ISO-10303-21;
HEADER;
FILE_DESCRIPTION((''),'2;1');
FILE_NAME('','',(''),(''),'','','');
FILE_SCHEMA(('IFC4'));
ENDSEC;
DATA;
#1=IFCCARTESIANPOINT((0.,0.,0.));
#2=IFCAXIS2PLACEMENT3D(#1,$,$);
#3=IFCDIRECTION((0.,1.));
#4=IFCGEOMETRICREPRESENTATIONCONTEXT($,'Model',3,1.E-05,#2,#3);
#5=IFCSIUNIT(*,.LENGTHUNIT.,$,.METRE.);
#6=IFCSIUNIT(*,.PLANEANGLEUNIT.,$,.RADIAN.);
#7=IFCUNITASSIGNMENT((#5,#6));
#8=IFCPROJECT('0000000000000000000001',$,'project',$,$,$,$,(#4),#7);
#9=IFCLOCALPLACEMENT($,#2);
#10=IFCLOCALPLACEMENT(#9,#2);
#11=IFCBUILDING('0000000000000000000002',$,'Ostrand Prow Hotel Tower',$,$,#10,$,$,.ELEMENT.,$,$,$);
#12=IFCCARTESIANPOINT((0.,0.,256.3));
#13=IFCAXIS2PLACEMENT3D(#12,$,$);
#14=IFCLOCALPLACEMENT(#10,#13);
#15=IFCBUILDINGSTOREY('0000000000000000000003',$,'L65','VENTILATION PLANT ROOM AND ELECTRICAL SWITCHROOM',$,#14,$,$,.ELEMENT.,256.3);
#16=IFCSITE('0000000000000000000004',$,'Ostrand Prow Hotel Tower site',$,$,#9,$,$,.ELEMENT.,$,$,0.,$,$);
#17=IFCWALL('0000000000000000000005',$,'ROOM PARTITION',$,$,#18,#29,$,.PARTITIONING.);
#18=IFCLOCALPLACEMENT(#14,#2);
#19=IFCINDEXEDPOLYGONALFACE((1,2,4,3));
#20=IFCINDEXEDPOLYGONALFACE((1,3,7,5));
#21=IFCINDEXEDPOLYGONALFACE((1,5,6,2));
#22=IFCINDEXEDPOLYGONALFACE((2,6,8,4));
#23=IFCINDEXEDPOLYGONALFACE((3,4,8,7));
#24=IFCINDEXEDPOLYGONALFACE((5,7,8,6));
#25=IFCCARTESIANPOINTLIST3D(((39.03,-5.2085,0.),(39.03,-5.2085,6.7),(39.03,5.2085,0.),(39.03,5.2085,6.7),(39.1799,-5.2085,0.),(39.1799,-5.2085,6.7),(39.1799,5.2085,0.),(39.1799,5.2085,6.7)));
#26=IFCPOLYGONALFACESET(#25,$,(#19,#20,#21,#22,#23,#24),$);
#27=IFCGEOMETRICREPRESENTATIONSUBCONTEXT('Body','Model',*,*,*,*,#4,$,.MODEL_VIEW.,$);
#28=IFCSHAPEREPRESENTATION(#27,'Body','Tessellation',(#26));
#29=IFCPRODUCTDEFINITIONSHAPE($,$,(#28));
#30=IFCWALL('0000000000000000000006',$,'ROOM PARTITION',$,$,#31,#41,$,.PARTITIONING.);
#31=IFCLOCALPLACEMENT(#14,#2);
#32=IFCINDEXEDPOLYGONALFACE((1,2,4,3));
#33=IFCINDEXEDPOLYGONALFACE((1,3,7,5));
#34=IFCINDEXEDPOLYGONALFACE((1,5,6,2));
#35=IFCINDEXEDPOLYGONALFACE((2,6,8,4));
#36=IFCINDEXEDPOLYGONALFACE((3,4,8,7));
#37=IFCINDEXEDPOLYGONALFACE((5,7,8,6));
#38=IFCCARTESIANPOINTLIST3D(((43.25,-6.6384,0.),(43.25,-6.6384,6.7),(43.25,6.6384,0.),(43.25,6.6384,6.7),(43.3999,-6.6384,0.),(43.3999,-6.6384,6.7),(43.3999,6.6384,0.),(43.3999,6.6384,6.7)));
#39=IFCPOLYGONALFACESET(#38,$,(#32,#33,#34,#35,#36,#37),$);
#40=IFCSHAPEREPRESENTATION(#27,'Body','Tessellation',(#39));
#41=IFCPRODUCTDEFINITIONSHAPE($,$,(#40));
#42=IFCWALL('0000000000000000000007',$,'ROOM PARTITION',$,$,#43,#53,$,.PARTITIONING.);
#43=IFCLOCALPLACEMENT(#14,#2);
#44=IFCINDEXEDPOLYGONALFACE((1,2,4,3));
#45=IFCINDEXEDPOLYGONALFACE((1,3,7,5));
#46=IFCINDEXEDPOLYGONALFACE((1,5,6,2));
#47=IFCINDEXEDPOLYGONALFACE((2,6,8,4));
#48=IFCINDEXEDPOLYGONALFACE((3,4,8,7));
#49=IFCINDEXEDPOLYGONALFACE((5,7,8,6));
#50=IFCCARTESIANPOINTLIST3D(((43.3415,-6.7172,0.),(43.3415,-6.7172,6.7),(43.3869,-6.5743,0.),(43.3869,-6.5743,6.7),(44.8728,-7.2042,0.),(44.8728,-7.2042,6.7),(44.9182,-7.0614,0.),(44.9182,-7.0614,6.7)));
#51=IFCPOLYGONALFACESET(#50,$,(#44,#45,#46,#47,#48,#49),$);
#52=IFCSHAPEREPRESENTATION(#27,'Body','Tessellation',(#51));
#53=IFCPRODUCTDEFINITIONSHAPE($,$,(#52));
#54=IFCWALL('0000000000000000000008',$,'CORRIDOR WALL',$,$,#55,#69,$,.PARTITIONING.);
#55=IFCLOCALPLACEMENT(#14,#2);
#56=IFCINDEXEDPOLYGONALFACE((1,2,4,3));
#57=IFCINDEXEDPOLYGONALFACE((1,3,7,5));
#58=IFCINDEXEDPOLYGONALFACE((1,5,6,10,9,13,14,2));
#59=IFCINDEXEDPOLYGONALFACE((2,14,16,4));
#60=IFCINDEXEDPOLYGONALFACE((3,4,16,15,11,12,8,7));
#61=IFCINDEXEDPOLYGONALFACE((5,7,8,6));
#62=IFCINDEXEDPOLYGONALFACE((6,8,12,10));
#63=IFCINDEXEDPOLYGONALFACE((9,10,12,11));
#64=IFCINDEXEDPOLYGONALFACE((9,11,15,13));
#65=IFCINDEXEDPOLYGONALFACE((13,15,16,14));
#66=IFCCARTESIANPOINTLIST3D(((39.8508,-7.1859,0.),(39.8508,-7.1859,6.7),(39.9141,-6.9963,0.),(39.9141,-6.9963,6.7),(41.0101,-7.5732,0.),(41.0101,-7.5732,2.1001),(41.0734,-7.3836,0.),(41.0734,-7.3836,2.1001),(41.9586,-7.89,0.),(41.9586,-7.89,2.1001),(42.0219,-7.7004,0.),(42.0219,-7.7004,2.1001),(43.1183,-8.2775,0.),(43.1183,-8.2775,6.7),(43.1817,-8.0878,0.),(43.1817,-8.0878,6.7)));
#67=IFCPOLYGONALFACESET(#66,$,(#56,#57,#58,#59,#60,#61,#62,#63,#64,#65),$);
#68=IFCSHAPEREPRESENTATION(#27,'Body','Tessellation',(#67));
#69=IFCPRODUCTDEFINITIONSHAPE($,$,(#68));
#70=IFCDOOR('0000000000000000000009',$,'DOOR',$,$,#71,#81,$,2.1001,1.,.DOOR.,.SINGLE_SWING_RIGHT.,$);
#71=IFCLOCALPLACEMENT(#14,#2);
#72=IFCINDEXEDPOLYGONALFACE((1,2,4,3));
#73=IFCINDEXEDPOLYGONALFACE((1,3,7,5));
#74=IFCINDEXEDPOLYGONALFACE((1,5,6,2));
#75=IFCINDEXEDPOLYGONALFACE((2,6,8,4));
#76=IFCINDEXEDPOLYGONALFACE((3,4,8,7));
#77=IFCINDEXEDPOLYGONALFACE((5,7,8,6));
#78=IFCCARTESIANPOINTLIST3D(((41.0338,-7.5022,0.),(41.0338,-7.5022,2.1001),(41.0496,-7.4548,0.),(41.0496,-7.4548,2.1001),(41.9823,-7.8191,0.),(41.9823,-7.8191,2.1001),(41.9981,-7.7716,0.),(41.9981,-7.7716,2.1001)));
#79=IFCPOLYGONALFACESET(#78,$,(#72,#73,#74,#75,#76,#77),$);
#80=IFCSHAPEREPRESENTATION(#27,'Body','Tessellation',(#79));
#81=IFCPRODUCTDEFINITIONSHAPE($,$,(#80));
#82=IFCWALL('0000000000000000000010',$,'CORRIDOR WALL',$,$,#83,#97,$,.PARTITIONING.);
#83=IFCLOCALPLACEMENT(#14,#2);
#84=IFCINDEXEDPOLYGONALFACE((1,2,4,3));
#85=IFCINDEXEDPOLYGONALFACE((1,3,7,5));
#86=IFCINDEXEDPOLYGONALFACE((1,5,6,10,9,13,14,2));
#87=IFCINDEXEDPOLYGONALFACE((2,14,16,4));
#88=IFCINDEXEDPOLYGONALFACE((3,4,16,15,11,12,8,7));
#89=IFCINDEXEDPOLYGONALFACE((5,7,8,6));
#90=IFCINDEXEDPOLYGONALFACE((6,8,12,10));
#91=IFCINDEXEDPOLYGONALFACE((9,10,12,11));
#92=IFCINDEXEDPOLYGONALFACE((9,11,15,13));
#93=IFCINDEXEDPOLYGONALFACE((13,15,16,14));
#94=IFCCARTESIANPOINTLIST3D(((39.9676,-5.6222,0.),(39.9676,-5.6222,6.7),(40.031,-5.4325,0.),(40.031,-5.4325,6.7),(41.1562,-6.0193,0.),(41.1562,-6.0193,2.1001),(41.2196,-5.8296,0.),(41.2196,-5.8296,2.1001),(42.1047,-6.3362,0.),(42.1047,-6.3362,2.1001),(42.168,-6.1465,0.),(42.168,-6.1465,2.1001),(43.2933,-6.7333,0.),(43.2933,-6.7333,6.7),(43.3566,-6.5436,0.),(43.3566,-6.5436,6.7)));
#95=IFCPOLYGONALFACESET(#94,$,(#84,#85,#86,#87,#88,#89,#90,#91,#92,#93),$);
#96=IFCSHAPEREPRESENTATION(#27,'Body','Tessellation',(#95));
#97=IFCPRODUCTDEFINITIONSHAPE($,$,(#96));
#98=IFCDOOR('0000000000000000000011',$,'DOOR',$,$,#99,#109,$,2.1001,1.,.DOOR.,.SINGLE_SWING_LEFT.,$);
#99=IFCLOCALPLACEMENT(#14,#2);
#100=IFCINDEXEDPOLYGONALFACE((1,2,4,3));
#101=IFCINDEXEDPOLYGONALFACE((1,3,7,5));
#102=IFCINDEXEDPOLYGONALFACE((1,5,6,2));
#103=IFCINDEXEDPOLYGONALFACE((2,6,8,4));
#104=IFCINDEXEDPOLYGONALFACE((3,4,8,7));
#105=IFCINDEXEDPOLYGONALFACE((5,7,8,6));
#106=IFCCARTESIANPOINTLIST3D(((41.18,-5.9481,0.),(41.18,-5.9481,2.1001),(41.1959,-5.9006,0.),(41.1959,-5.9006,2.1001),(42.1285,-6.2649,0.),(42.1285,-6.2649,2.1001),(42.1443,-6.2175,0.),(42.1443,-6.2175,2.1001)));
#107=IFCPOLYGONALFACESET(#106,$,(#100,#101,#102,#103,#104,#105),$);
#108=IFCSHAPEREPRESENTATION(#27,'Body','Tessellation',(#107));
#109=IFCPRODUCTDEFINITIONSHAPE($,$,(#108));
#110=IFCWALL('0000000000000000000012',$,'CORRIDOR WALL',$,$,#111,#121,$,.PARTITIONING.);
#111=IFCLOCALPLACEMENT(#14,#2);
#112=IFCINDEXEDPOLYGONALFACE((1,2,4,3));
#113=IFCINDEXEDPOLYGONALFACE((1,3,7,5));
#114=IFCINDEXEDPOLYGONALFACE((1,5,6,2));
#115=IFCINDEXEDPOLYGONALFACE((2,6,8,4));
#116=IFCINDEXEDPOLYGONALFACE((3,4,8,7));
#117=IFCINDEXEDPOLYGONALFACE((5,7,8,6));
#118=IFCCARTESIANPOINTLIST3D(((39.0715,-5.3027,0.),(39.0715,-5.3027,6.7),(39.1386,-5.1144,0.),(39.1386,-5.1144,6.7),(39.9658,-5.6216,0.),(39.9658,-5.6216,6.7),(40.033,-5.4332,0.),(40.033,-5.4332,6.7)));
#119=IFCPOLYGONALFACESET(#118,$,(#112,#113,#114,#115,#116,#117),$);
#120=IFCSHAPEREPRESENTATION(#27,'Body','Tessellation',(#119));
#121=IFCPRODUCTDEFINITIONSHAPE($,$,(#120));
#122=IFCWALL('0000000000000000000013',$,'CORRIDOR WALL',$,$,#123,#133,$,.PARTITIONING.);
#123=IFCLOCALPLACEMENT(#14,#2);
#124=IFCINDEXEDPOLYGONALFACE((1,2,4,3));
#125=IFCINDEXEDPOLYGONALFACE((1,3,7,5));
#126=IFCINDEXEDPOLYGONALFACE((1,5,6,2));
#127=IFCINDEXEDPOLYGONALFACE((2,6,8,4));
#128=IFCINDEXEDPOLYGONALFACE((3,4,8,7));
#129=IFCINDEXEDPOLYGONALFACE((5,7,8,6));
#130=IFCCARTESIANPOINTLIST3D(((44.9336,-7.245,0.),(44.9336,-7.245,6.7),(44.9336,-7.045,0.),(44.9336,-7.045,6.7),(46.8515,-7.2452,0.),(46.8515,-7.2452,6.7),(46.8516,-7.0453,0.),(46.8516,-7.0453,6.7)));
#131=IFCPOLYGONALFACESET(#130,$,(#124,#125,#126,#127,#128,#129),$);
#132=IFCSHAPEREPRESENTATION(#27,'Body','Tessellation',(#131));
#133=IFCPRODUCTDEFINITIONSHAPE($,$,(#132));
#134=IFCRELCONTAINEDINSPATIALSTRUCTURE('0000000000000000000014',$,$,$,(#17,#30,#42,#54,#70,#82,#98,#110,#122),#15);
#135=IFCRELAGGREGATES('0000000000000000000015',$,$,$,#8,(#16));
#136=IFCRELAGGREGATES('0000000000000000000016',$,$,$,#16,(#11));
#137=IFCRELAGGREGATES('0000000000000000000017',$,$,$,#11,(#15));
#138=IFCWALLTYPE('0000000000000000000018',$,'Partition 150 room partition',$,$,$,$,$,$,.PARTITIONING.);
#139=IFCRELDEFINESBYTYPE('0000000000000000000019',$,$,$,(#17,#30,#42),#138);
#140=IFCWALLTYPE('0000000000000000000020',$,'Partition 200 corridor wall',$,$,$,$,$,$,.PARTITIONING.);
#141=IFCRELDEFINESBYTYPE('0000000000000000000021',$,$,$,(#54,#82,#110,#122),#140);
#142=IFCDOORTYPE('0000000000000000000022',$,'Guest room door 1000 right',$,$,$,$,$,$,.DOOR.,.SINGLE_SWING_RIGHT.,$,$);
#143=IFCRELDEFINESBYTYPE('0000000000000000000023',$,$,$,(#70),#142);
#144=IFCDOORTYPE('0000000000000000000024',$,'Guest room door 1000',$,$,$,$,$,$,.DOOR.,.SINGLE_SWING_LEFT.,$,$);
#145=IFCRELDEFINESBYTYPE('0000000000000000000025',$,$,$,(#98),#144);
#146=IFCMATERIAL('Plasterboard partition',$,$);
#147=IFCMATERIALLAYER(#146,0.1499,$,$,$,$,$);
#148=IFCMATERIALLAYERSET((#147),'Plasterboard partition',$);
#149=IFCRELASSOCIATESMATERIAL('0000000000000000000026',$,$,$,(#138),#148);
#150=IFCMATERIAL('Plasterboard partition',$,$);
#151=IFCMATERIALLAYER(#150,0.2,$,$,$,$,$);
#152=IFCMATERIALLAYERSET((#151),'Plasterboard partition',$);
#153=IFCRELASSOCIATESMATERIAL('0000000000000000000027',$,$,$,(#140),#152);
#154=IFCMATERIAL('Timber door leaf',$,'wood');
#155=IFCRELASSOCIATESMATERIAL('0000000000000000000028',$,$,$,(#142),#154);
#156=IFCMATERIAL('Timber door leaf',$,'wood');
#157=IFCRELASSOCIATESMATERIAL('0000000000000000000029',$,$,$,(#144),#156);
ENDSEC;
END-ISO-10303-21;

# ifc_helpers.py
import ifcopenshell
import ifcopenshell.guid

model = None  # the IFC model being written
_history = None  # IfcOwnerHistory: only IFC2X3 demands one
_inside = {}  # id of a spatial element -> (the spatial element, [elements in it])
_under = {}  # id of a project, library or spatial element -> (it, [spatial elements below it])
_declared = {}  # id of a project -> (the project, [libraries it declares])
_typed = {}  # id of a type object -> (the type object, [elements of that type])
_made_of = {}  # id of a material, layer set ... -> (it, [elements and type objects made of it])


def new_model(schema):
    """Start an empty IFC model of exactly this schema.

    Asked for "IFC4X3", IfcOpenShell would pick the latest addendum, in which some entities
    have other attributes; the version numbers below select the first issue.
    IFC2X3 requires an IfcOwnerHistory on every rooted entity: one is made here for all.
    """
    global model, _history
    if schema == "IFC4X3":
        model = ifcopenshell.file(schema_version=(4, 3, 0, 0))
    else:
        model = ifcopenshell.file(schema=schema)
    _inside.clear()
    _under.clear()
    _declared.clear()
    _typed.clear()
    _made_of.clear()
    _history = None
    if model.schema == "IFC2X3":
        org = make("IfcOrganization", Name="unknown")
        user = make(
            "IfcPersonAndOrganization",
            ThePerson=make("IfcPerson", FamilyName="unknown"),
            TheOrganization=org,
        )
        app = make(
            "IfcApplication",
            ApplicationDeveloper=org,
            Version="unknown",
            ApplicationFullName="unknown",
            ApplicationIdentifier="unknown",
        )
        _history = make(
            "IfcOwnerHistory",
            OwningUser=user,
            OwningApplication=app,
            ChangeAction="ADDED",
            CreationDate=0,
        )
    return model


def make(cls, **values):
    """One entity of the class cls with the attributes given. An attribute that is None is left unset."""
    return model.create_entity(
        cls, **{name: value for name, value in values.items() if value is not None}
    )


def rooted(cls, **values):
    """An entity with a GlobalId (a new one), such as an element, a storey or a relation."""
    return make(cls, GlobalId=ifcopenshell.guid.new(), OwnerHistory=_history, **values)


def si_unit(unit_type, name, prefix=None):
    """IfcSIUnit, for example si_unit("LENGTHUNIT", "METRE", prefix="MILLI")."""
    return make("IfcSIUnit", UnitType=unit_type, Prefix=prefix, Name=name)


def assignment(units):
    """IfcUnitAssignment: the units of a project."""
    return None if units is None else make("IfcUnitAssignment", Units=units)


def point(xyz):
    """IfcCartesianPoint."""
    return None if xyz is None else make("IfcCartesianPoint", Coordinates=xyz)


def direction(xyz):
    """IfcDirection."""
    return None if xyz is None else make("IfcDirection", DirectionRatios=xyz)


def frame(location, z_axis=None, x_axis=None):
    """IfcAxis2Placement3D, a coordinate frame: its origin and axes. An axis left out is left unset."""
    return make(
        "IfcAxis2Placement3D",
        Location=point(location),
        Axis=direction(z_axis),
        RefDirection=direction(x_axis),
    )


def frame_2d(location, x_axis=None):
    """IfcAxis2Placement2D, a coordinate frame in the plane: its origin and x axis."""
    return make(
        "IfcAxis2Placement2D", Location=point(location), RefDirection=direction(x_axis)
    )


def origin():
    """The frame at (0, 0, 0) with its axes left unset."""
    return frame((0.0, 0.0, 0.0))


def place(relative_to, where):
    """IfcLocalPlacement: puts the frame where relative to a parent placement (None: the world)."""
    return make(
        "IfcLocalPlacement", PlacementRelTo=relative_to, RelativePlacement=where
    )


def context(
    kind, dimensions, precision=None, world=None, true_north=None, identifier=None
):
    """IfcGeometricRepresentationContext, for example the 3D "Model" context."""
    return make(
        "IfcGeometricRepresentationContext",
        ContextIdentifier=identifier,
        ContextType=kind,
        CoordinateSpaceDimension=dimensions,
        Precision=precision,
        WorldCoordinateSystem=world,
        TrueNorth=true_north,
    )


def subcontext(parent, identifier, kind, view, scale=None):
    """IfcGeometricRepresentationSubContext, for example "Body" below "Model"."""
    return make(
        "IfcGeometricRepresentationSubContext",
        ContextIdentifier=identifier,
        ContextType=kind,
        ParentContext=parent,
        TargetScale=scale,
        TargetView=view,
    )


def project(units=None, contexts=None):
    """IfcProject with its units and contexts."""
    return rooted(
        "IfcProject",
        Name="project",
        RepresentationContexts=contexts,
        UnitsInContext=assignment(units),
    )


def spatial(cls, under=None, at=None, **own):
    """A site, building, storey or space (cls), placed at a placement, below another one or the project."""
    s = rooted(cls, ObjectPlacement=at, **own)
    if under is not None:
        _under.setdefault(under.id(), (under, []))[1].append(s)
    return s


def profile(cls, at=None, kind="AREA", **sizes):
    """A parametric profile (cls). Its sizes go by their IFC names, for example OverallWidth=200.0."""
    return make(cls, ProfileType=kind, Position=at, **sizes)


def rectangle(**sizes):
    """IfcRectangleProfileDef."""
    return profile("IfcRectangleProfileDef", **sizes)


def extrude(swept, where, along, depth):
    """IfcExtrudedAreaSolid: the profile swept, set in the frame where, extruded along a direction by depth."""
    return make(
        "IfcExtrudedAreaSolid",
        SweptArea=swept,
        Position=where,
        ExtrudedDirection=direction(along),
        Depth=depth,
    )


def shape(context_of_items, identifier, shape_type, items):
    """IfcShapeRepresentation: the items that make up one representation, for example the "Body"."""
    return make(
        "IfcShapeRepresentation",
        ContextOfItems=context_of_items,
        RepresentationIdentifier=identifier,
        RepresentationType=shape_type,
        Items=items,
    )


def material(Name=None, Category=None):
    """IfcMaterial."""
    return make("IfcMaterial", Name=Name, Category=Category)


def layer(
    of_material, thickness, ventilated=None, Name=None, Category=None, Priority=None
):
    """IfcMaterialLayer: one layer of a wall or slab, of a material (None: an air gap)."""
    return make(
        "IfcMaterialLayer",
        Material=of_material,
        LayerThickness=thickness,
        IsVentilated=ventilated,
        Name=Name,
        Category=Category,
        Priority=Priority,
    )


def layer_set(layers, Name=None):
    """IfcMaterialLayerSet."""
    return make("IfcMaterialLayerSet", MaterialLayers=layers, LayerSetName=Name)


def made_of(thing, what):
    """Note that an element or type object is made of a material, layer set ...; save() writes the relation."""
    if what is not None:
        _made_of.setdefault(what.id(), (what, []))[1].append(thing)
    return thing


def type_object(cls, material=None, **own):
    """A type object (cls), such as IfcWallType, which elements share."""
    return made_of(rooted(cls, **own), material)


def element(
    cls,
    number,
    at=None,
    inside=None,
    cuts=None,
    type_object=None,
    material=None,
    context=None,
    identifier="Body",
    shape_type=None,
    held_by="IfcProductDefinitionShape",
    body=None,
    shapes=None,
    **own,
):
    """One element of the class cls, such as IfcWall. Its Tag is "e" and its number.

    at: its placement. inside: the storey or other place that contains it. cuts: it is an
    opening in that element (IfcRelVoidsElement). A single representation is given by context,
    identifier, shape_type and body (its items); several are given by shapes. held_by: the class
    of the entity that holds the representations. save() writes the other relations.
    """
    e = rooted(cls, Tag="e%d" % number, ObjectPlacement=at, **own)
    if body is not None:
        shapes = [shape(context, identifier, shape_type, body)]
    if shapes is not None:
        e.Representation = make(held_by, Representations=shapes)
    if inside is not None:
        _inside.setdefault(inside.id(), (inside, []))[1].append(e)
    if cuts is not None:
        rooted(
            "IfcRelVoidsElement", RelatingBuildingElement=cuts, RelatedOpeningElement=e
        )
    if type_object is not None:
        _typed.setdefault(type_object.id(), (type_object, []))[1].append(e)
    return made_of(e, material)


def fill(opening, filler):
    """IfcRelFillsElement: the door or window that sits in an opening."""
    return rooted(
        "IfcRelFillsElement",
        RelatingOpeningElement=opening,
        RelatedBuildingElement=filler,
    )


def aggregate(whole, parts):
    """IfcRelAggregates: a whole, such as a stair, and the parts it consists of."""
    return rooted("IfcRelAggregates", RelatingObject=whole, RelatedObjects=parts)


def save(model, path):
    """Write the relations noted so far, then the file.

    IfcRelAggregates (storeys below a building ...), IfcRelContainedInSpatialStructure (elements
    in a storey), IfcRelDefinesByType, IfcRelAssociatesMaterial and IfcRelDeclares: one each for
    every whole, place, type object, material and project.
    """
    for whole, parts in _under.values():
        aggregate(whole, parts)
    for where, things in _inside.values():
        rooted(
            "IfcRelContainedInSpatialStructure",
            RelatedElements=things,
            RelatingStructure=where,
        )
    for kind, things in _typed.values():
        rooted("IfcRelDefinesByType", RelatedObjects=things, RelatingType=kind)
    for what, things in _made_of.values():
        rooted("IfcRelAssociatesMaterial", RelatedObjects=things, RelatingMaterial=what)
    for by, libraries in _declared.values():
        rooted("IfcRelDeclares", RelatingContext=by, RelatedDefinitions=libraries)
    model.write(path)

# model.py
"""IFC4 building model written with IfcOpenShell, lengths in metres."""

from ifc_helpers import new_model, si_unit, direction, frame, frame_2d, origin, place, context, subcontext, project, spatial, rectangle, extrude, material, layer, layer_set, type_object, element, fill, save


model = new_model("IFC4")

# Units and contexts
model_context = context("Model", 3, precision=1e-05, world=origin(), true_north=direction((0.0, 1.0)))
body_context = subcontext(model_context, "Body", "Model", "MODEL_VIEW")
ifc_project = project(units=[si_unit("LENGTHUNIT", "METRE"), si_unit("PLANEANGLEUNIT", "RADIAN")], contexts=[model_context])

# Site, building, storey
site_placement = place(None, origin())
site = spatial("IfcSite", under=ifc_project, at=site_placement, Name="Ostrand Prow Hotel Tower site", CompositionType="ELEMENT", RefElevation=0.0)
building_placement = place(site_placement, origin())
building = spatial("IfcBuilding", under=site, at=building_placement, Name="Ostrand Prow Hotel Tower", CompositionType="ELEMENT")
storey_placement = place(building_placement, frame((0.0, 0.0, 256.3)))
storey = spatial("IfcBuildingStorey", under=building, at=storey_placement, Name="L65", Description="VENTILATION PLANT ROOM AND ELECTRICAL SWITCHROOM", CompositionType="ELEMENT", Elevation=256.3)

# Walls
ifc_material_1 = material(Name="Plasterboard partition")
ifc_layer_1 = layer(ifc_material_1, 0.1499)
ifc_layer_set_1 = layer_set([ifc_layer_1], Name="Plasterboard partition")
wall_type_1 = type_object("IfcWallType", Name="Partition 150 room partition", PredefinedType="PARTITIONING", material=ifc_layer_set_1)
wall_1_placement = place(storey_placement, frame((39.105, -5.2085, 0.0), z_axis=(0.0, 0.0, 1.0), x_axis=(0.0, 1.0, 0.0)))
element("IfcWall", 1, at=wall_1_placement, inside=storey, type_object=wall_type_1, Name="ROOM PARTITION", PredefinedType="PARTITIONING", context=body_context, shape_type="SweptSolid", body=[
    extrude(rectangle(XDim=10.417, YDim=0.1499, at=frame_2d((5.2085, 0.0))), origin(), (0.0, 0.0, 1.0), 6.7),
])
wall_2_placement = place(storey_placement, frame((43.325, -6.6384, 0.0), z_axis=(0.0, 0.0, 1.0), x_axis=(0.0, 1.0, 0.0)))
element("IfcWall", 2, at=wall_2_placement, inside=storey, type_object=wall_type_1, Name="ROOM PARTITION", PredefinedType="PARTITIONING", context=body_context, shape_type="SweptSolid", body=[
    extrude(rectangle(XDim=13.2769, YDim=0.1499, at=frame_2d((6.6384, 0.0))), origin(), (0.0, 0.0, 1.0), 6.7),
])
wall_3_placement = place(storey_placement, frame((44.8955, -7.1328, 0.0), z_axis=(0.0, 0.0, 1.0), x_axis=(-0.952954, 0.303116, 0.0)))
element("IfcWall", 3, at=wall_3_placement, inside=storey, type_object=wall_type_1, Name="ROOM PARTITION", PredefinedType="PARTITIONING", context=body_context, shape_type="SweptSolid", body=[
    extrude(rectangle(XDim=1.6069, YDim=0.1499, at=frame_2d((0.8035, 0.0))), origin(), (0.0, 0.0, 1.0), 6.7),
])

# Walls, openings, doors
ifc_material_2 = material(Name="Plasterboard partition")
ifc_layer_2 = layer(ifc_material_2, 0.2)
ifc_layer_set_2 = layer_set([ifc_layer_2], Name="Plasterboard partition")
wall_type_2 = type_object("IfcWallType", Name="Partition 200 corridor wall", PredefinedType="PARTITIONING", material=ifc_layer_set_2)
wall_4_placement = place(storey_placement, frame((39.8823, -7.0911, 0.0), z_axis=(0.0, 0.0, 1.0), x_axis=(0.948478, -0.316844, 0.0)))
wall_4 = element("IfcWall", 4, at=wall_4_placement, inside=storey, type_object=wall_type_2, Name="CORRIDOR WALL", PredefinedType="PARTITIONING", context=body_context, shape_type="SweptSolid", body=[
    extrude(rectangle(XDim=3.4451, YDim=0.2, at=frame_2d((1.7227, 0.0))), origin(), (0.0, 0.0, 1.0), 6.7),
])
opening_1_placement = place(wall_4_placement, frame((1.2224, 0.0, 0.0)))
opening_1 = element("IfcOpeningElement", 5, at=opening_1_placement, cuts=wall_4, PredefinedType="OPENING", context=body_context, shape_type="SweptSolid", body=[
    extrude(rectangle(XDim=1.0, YDim=2.1001, at=frame_2d((0.5, 1.05))), frame((0.0, 0.1099, 0.0), z_axis=(0.0, -1.0, 0.0), x_axis=(1.0, 0.0, 0.0)), (0.0, 0.0, 1.0), 0.22),
])
ifc_material_3 = material(Name="Timber door leaf", Category="wood")
door_type_1 = type_object("IfcDoorType", Name="Guest room door 1000 right", OperationType="SINGLE_SWING_RIGHT", PredefinedType="DOOR", material=ifc_material_3)
door_1_placement = place(opening_1_placement, origin())
door_1 = element("IfcDoor", 6, at=door_1_placement, inside=storey, type_object=door_type_1, Name="DOOR", OperationType="SINGLE_SWING_RIGHT", OverallHeight=2.1001, OverallWidth=1.0, PredefinedType="DOOR", context=body_context, shape_type="SweptSolid", body=[
    extrude(rectangle(XDim=1.0, YDim=2.1001, at=frame_2d((0.5, 1.05))), frame((0.0, 0.0249, 0.0), z_axis=(0.0, -1.0, 0.0), x_axis=(1.0, 0.0, 0.0)), (0.0, 0.0, 1.0), 0.05),
])
fill(opening_1, door_1)
wall_5_placement = place(storey_placement, frame((43.325, -6.6384, 0.0), z_axis=(0.0, 0.0, 1.0), x_axis=(-0.948467, 0.316875, 0.0)))
wall_5 = element("IfcWall", 7, at=wall_5_placement, inside=storey, type_object=wall_type_2, Name="CORRIDOR WALL", PredefinedType="PARTITIONING", context=body_context, shape_type="SweptSolid", body=[
    extrude(rectangle(XDim=3.5063, YDim=0.2, at=frame_2d((1.7532, 0.0))), origin(), (0.0, 0.0, 1.0), 6.7),
])
opening_2_placement = place(wall_5_placement, frame((1.2532, 0.0, 0.0)))
opening_2 = element("IfcOpeningElement", 8, at=opening_2_placement, cuts=wall_5, PredefinedType="OPENING", context=body_context, shape_type="SweptSolid", body=[
    extrude(rectangle(XDim=1.0, YDim=2.1001, at=frame_2d((0.5, 1.05))), frame((0.0, 0.1099, 0.0), z_axis=(0.0, -1.0, 0.0), x_axis=(1.0, 0.0, 0.0)), (0.0, 0.0, 1.0), 0.22),
])
ifc_material_4 = material(Name="Timber door leaf", Category="wood")
door_type_2 = type_object("IfcDoorType", Name="Guest room door 1000", OperationType="SINGLE_SWING_LEFT", PredefinedType="DOOR", material=ifc_material_4)
door_2_placement = place(opening_2_placement, origin())
door_2 = element("IfcDoor", 9, at=door_2_placement, inside=storey, type_object=door_type_2, Name="DOOR", OperationType="SINGLE_SWING_LEFT", OverallHeight=2.1001, OverallWidth=1.0, PredefinedType="DOOR", context=body_context, shape_type="SweptSolid", body=[
    extrude(rectangle(XDim=1.0, YDim=2.1001, at=frame_2d((0.5, 1.05))), frame((0.0, 0.0249, 0.0), z_axis=(0.0, -1.0, 0.0), x_axis=(1.0, 0.0, 0.0)), (0.0, 0.0, 1.0), 0.05),
])
fill(opening_2, door_2)

# Walls
wall_6_placement = place(storey_placement, frame((39.9993, -5.5273, 0.0), z_axis=(0.0, 0.0, 1.0), x_axis=(-0.941922, 0.335831, 0.0)))
element("IfcWall", 10, at=wall_6_placement, inside=storey, type_object=wall_type_2, Name="CORRIDOR WALL", PredefinedType="PARTITIONING", context=body_context, shape_type="SweptSolid", body=[
    extrude(rectangle(XDim=0.9495, YDim=0.2, at=frame_2d((0.4746, 0.0))), origin(), (0.0, 0.0, 1.0), 6.7),
])
wall_7_placement = place(storey_placement, frame((46.8516, -7.1453, 0.0), z_axis=(0.0, 0.0, 1.0), x_axis=(-1.0, 0.000127, 0.0)))
element("IfcWall", 11, at=wall_7_placement, inside=storey, type_object=wall_type_2, Name="CORRIDOR WALL", PredefinedType="PARTITIONING", context=body_context, shape_type="SweptSolid", body=[
    extrude(rectangle(XDim=1.918, YDim=0.2, at=frame_2d((0.959, 0.0))), origin(), (0.0, 0.0, 1.0), 6.7),
])

save(model, "model.ifc")
